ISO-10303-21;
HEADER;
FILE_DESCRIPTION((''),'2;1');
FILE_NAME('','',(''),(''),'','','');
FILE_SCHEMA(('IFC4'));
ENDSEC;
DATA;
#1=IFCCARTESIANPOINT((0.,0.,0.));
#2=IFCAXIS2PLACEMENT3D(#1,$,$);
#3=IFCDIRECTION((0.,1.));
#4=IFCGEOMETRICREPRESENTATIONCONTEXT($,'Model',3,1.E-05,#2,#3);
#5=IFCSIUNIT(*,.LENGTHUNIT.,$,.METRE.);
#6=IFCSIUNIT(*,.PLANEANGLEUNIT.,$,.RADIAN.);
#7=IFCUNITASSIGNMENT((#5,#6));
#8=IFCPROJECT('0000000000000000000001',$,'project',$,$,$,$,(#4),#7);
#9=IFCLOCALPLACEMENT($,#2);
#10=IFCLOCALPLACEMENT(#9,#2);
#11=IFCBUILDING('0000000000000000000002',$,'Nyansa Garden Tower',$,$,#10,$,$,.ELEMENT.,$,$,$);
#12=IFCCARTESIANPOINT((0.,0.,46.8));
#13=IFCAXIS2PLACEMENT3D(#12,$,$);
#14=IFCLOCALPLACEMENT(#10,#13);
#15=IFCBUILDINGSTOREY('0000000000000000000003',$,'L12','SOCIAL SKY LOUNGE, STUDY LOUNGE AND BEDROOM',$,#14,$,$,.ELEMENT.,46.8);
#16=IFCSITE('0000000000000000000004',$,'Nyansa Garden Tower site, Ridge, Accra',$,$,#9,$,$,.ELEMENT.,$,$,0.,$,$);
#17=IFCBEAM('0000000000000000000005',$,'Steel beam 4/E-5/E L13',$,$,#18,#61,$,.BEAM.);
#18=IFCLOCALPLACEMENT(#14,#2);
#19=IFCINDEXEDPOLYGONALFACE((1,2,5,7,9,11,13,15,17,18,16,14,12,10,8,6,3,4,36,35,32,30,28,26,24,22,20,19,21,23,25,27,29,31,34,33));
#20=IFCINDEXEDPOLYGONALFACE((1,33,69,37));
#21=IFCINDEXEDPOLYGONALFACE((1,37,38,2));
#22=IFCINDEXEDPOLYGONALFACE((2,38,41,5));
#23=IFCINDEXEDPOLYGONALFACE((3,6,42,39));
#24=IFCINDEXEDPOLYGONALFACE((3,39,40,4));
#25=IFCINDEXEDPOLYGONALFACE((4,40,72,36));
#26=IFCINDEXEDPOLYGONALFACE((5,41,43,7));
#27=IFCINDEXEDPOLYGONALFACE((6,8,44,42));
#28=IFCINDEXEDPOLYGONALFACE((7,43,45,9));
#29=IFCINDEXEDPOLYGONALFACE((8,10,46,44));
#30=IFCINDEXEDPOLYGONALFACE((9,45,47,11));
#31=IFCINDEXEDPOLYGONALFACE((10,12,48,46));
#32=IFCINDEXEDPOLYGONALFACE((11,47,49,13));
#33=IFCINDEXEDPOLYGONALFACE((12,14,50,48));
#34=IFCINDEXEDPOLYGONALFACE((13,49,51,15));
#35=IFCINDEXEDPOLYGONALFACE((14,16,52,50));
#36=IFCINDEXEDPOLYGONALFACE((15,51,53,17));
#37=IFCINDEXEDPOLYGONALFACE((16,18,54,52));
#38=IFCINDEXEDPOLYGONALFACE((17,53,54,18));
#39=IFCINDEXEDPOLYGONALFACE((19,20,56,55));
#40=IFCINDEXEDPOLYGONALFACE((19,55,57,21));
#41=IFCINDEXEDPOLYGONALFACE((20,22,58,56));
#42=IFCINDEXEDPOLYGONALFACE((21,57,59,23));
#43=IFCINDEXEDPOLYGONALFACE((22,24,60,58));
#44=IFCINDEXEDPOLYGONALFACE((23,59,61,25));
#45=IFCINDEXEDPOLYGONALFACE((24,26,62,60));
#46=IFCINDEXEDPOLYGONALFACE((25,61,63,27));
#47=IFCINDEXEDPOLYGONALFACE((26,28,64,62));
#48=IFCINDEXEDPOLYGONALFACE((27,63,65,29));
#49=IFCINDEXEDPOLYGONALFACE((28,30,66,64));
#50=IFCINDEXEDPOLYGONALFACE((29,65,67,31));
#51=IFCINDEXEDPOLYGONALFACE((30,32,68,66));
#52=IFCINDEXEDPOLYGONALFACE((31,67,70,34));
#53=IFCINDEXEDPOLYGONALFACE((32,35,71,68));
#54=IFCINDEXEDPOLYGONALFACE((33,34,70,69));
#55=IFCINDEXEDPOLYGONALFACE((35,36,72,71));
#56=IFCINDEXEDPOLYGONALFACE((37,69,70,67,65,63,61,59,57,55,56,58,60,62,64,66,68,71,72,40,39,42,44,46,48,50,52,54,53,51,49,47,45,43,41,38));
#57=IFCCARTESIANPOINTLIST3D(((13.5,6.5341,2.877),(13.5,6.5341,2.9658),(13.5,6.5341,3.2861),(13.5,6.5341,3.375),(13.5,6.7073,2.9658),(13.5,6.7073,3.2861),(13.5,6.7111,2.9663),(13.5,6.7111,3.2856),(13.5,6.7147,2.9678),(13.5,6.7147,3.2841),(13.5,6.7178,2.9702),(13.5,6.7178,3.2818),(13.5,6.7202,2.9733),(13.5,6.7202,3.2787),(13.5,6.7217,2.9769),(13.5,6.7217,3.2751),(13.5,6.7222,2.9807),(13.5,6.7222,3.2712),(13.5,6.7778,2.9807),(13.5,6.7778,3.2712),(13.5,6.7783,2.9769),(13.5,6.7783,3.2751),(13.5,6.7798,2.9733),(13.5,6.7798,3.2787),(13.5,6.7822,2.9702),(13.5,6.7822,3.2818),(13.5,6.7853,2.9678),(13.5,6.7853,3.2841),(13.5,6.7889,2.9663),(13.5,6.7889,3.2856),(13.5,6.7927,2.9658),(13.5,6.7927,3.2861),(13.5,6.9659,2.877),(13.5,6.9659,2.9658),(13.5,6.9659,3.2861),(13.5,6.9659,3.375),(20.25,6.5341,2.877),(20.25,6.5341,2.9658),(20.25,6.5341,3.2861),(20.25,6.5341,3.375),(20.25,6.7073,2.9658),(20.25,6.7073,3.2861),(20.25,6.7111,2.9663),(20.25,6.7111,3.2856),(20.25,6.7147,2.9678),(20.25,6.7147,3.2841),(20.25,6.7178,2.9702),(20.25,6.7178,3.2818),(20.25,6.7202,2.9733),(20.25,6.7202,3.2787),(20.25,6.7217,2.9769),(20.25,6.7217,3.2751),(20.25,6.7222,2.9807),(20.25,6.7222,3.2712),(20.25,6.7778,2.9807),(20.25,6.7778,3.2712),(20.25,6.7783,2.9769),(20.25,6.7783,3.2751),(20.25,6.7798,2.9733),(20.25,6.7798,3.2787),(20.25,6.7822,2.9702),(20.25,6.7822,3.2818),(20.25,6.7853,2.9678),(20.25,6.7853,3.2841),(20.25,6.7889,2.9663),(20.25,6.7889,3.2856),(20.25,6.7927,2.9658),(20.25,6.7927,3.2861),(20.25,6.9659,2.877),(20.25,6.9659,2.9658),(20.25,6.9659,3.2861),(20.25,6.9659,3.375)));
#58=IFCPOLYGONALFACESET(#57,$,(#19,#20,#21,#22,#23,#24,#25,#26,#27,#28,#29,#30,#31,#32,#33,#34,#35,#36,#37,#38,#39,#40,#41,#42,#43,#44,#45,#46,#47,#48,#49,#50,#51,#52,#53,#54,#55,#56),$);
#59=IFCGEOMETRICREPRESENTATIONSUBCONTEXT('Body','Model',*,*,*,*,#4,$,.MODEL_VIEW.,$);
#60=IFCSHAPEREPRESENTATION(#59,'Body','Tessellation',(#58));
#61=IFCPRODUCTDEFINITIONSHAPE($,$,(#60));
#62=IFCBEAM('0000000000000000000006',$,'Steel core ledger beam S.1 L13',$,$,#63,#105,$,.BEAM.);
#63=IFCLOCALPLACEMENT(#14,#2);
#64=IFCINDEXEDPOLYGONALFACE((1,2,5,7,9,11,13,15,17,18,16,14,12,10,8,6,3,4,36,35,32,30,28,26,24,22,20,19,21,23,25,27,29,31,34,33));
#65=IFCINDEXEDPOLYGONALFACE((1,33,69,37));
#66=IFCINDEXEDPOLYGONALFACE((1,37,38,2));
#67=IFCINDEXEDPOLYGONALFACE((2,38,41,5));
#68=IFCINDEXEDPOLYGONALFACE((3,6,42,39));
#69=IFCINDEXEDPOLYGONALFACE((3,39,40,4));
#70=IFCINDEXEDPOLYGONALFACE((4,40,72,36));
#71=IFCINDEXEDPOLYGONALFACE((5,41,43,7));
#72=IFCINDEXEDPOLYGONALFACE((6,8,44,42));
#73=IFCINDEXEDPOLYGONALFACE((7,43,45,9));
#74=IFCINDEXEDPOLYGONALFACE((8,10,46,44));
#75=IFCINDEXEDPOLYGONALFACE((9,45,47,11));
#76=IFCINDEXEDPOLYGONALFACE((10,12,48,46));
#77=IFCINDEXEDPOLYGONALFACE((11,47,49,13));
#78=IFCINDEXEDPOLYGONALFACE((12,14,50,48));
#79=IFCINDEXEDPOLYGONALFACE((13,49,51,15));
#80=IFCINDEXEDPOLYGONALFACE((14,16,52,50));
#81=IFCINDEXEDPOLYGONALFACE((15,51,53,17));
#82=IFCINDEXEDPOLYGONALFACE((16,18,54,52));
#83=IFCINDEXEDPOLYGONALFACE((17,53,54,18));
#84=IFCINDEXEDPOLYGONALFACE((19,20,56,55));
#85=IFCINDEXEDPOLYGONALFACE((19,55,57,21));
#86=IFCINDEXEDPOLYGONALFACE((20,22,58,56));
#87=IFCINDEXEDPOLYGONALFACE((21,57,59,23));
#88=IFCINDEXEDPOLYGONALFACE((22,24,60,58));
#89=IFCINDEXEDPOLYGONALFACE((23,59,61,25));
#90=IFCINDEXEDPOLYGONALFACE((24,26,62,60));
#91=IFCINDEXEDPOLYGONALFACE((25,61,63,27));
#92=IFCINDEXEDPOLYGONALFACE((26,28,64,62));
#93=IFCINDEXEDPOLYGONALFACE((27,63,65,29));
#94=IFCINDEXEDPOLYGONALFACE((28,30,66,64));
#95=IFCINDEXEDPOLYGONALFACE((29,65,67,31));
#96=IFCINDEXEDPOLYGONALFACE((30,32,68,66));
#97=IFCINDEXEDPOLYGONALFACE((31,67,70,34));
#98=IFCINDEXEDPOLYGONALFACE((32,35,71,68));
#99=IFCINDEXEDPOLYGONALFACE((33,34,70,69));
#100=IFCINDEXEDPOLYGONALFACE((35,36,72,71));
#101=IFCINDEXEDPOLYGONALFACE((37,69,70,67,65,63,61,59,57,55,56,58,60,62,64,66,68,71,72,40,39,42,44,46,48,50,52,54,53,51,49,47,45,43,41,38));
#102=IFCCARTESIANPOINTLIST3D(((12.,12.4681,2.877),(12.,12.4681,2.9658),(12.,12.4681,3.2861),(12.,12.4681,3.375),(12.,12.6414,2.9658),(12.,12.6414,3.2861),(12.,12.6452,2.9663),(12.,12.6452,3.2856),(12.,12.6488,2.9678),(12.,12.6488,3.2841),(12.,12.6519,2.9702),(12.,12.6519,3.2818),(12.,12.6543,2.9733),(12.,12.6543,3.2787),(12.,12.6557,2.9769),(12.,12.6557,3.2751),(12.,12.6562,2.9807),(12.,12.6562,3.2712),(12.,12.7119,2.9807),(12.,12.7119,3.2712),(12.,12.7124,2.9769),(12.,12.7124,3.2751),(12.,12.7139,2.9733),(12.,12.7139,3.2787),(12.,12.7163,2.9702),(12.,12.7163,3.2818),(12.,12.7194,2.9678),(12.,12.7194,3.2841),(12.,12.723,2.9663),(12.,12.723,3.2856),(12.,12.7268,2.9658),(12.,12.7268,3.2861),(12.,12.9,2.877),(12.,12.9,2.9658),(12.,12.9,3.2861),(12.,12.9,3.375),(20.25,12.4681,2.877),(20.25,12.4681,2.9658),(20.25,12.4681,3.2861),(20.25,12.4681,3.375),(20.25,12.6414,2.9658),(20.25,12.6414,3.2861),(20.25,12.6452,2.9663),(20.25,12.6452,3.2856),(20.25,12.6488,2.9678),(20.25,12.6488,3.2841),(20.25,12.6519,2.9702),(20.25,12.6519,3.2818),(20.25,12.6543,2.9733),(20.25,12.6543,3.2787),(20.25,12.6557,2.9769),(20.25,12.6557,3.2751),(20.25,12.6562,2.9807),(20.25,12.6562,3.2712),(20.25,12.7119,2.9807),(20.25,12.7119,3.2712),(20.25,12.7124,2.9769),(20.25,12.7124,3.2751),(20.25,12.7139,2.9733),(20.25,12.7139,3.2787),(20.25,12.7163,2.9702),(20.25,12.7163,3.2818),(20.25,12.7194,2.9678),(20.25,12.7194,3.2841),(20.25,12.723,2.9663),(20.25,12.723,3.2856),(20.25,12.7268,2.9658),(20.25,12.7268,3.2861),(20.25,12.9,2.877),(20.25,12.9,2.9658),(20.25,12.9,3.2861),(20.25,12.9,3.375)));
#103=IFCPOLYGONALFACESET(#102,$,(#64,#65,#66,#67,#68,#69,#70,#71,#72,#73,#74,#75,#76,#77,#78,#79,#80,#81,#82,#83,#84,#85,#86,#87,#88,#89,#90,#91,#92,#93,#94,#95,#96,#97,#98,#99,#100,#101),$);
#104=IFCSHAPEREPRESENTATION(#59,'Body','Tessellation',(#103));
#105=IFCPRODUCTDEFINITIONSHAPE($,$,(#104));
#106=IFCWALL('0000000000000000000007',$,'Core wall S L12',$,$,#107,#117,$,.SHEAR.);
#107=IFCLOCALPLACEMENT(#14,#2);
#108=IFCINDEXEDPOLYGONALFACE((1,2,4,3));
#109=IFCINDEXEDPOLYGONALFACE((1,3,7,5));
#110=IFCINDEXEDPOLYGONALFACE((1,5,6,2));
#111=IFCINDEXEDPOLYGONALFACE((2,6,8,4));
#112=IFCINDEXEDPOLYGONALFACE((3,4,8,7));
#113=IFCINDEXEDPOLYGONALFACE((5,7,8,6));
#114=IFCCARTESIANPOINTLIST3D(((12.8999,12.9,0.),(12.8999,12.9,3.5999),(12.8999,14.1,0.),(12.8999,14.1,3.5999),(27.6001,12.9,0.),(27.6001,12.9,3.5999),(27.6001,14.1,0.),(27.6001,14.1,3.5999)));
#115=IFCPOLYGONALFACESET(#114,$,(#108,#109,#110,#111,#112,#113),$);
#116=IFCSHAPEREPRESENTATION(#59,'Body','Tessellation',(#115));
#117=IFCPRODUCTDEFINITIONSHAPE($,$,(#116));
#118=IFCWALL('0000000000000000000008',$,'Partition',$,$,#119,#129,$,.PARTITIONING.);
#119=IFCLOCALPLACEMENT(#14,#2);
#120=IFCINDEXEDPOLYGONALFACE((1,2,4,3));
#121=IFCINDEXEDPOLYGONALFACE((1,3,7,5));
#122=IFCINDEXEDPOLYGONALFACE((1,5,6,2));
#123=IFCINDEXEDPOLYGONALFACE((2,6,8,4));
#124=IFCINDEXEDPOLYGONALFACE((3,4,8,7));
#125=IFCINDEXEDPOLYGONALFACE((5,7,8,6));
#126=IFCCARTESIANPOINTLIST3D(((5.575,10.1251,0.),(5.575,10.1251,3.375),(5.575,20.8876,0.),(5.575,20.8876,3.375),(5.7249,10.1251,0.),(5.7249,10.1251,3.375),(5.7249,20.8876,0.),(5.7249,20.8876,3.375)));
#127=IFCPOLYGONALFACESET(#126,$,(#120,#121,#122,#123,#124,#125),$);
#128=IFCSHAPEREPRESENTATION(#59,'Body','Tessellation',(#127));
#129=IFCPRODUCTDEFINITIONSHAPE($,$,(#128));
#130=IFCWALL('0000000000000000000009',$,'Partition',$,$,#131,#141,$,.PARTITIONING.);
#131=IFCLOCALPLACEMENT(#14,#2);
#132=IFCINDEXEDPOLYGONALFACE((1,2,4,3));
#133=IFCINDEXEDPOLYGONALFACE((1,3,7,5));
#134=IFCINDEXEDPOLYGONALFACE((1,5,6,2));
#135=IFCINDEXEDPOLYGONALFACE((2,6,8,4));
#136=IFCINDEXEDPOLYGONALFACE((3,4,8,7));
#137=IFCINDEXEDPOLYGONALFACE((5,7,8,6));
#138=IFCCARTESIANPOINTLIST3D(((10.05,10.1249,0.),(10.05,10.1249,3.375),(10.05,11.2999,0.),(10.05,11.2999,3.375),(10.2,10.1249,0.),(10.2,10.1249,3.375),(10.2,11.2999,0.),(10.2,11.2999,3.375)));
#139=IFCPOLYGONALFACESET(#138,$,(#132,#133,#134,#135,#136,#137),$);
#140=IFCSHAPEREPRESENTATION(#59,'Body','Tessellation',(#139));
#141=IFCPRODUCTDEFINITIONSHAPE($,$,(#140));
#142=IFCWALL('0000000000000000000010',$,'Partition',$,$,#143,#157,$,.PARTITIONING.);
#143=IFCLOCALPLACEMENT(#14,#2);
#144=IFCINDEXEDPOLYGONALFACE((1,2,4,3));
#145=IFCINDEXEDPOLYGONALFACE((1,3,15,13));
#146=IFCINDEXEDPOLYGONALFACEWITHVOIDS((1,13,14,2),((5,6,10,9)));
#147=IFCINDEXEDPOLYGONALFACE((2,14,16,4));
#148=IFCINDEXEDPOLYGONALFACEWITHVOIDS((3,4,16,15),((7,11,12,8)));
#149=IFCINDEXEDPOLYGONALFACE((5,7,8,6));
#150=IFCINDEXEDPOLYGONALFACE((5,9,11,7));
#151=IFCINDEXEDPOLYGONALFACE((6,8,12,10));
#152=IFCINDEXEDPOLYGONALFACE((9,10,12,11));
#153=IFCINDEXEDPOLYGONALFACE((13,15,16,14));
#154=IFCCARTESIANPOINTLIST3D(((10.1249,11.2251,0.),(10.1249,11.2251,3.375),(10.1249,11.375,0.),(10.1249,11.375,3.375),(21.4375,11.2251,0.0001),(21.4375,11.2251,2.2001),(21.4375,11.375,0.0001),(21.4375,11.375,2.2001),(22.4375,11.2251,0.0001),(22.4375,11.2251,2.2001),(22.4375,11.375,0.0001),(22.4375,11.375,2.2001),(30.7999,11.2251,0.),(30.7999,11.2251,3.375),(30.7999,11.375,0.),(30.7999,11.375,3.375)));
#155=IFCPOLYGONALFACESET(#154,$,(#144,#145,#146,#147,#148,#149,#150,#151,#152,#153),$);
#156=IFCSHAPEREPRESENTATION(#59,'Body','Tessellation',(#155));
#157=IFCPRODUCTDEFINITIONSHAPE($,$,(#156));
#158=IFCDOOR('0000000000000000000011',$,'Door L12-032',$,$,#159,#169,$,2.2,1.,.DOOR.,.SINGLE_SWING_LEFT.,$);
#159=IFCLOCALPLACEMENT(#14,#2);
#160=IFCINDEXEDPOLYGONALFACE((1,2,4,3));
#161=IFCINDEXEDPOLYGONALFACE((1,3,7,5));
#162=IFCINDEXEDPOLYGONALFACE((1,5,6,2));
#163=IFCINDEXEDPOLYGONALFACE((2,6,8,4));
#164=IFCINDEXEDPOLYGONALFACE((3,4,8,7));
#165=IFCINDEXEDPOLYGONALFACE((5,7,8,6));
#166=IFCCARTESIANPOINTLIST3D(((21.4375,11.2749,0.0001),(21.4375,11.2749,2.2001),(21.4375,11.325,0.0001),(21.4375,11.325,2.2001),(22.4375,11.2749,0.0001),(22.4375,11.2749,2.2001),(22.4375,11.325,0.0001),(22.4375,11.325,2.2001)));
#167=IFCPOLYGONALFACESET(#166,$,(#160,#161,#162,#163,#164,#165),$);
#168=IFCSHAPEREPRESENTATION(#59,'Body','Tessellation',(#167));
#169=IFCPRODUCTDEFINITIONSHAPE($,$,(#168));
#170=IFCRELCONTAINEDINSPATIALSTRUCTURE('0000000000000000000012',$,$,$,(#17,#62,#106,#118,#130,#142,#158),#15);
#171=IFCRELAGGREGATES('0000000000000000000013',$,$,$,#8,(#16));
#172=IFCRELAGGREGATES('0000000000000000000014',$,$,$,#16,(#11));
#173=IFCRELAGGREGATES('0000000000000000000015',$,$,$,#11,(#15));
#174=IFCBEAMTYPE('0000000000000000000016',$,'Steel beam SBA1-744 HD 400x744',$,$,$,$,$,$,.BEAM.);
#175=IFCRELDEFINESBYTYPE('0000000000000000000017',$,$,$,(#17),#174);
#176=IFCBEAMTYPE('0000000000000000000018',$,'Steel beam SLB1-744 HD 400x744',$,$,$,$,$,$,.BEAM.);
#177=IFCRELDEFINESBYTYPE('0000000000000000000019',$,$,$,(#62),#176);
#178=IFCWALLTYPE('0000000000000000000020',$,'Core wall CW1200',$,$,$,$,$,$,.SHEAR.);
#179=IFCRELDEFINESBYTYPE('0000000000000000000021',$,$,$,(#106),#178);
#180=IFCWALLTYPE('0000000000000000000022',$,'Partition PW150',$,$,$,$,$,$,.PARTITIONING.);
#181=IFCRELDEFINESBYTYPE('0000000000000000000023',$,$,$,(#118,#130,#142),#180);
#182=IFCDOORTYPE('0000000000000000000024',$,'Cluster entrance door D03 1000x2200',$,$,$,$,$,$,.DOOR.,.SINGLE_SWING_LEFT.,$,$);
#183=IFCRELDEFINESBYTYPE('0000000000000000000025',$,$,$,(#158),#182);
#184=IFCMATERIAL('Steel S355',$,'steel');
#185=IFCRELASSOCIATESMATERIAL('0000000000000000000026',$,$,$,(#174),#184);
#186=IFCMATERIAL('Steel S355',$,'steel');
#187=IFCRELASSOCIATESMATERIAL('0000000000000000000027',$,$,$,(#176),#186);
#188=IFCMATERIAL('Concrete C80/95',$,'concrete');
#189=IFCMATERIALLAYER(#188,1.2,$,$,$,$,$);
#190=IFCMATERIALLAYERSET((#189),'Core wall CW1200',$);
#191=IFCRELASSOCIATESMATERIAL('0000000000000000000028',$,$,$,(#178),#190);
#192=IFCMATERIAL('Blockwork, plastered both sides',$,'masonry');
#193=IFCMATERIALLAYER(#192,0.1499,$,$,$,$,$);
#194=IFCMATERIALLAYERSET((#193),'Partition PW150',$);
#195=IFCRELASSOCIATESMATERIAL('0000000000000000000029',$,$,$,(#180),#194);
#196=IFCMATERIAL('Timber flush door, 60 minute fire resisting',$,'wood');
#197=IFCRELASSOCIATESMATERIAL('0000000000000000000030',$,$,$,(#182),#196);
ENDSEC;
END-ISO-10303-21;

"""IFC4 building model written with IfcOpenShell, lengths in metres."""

from ifc_helpers import new_model, si_unit, direction, frame, frame_2d, origin, origin_2d, place, context, subcontext, project, spatial, rectangle, i_section, extrude, material, layer, layer_set, material_profile, profile_set, type_object, element, fill, save


model = new_model("IFC4")

# Units and contexts
model_context = context("Model", 3, precision=1e-05, world=origin(), true_north=direction((0.0, 1.0)))
body_context = subcontext(model_context, "Body", "Model", "MODEL_VIEW")
ifc_project = project(units=[si_unit("LENGTHUNIT", "METRE"), si_unit("PLANEANGLEUNIT", "RADIAN")], contexts=[model_context])

# Site, building, storey
site_placement = place(None, origin())
site = spatial("IfcSite", under=ifc_project, at=site_placement, Name="Nyansa Garden Tower site, Ridge, Accra", CompositionType="ELEMENT", RefElevation=0.0)
building_placement = place(site_placement, origin())
building = spatial("IfcBuilding", under=site, at=building_placement, Name="Nyansa Garden Tower", CompositionType="ELEMENT")
storey_placement = place(building_placement, frame((0.0, 0.0, 46.8)))
storey = spatial("IfcBuildingStorey", under=building, at=storey_placement, Name="L12", Description="SOCIAL SKY LOUNGE, STUDY LOUNGE AND BEDROOM", CompositionType="ELEMENT", Elevation=46.8)

# Beams
ifc_material_1 = material(Name="Steel S355", Category="steel")
ifc_material_profile_1 = material_profile(ifc_material_1, i_section(OverallWidth=0.4319, OverallDepth=0.498, WebThickness=0.0557, FlangeThickness=0.0889, FilletRadius=0.0149, at=origin_2d()), Name="HD 400x744")
ifc_profile_set_1 = profile_set([ifc_material_profile_1], Name="Steel S355")
beam_type_1 = type_object("IfcBeamType", Name="Steel beam SBA1-744 HD 400x744", PredefinedType="BEAM", material=ifc_profile_set_1)
beam_1_placement = place(storey_placement, frame((13.5, 6.75, 3.126), z_axis=(1.0, 0.0, 0.0), x_axis=(0.0, 1.0, 0.0)))
element("IfcBeam", 1, at=beam_1_placement, inside=storey, type_object=beam_type_1, Name="Steel beam 4/E-5/E L13", PredefinedType="BEAM", context=body_context, shape_type="SweptSolid", body=[
    extrude(i_section(OverallWidth=0.4319, OverallDepth=0.498, WebThickness=0.0557, FlangeThickness=0.0889, FilletRadius=0.0149, at=origin_2d()), origin(), (0.0, 0.0, 1.0), 6.75),
])
ifc_material_2 = material(Name="Steel S355", Category="steel")
ifc_material_profile_2 = material_profile(ifc_material_2, i_section(OverallWidth=0.4319, OverallDepth=0.498, WebThickness=0.0557, FlangeThickness=0.0889, FilletRadius=0.0149, at=origin_2d()), Name="HD 400x744")
ifc_profile_set_2 = profile_set([ifc_material_profile_2], Name="Steel S355")
beam_type_2 = type_object("IfcBeamType", Name="Steel beam SLB1-744 HD 400x744", PredefinedType="BEAM", material=ifc_profile_set_2)
beam_2_placement = place(storey_placement, frame((12.0, 12.6841, 3.126), z_axis=(1.0, 0.0, 0.0), x_axis=(0.0, 1.0, 0.0)))
element("IfcBeam", 2, at=beam_2_placement, inside=storey, type_object=beam_type_2, Name="Steel core ledger beam S.1 L13", PredefinedType="BEAM", context=body_context, shape_type="SweptSolid", body=[
    extrude(i_section(OverallWidth=0.4319, OverallDepth=0.498, WebThickness=0.0557, FlangeThickness=0.0889, FilletRadius=0.0149, at=origin_2d()), origin(), (0.0, 0.0, 1.0), 8.25),
])

# Walls
ifc_material_3 = material(Name="Concrete C80/95", Category="concrete")
ifc_layer_1 = layer(ifc_material_3, 1.2)
ifc_layer_set_1 = layer_set([ifc_layer_1], Name="Core wall CW1200")
wall_type_1 = type_object("IfcWallType", Name="Core wall CW1200", PredefinedType="SHEAR", material=ifc_layer_set_1)
wall_1_placement = place(storey_placement, frame((12.8999, 13.5, 0.0), z_axis=(0.0, 0.0, 1.0), x_axis=(1.0, 0.0, 0.0)))
element("IfcWall", 3, at=wall_1_placement, inside=storey, type_object=wall_type_1, Name="Core wall S L12", PredefinedType="SHEAR", context=body_context, shape_type="SweptSolid", body=[
    extrude(rectangle(XDim=14.7002, YDim=1.2, at=frame_2d((7.3501, 0.0))), origin(), (0.0, 0.0, 1.0), 3.5999),
])
ifc_material_4 = material(Name="Blockwork, plastered both sides", Category="masonry")
ifc_layer_2 = layer(ifc_material_4, 0.1499)
ifc_layer_set_2 = layer_set([ifc_layer_2], Name="Partition PW150")
wall_type_2 = type_object("IfcWallType", Name="Partition PW150", PredefinedType="PARTITIONING", material=ifc_layer_set_2)
wall_2_placement = place(storey_placement, frame((5.6499, 10.125, 0.0), z_axis=(0.0, 0.0, 1.0), x_axis=(0.0, 1.0, 0.0)))
element("IfcWall", 4, at=wall_2_placement, inside=storey, type_object=wall_type_2, Name="Partition", PredefinedType="PARTITIONING", context=body_context, shape_type="SweptSolid", body=[
    extrude(rectangle(XDim=10.7625, YDim=0.1499, at=frame_2d((5.3813, 0.0))), origin(), (0.0, 0.0, 1.0), 3.375),
])
wall_3_placement = place(storey_placement, frame((10.125, 10.125, 0.0), z_axis=(0.0, 0.0, 1.0), x_axis=(0.0, 1.0, 0.0)))
element("IfcWall", 5, at=wall_3_placement, inside=storey, type_object=wall_type_2, Name="Partition", PredefinedType="PARTITIONING", context=body_context, shape_type="SweptSolid", body=[
    extrude(rectangle(XDim=1.175, YDim=0.1499, at=frame_2d((0.5874, 0.0))), origin(), (0.0, 0.0, 1.0), 3.375),
])

# Wall, opening, door
wall_4_placement = place(storey_placement, frame((10.125, 11.3, 0.0), z_axis=(0.0, 0.0, 1.0), x_axis=(1.0, 0.0, 0.0)))
wall_4 = element("IfcWall", 6, at=wall_4_placement, inside=storey, type_object=wall_type_2, Name="Partition", PredefinedType="PARTITIONING", context=body_context, shape_type="SweptSolid", body=[
    extrude(rectangle(XDim=20.675, YDim=0.1499, at=frame_2d((10.3374, 0.0))), origin(), (0.0, 0.0, 1.0), 3.375),
])
opening_1_placement = place(wall_4_placement, frame((11.3125, 0.0, 0.0)))
opening_1 = element("IfcOpeningElement", 7, at=opening_1_placement, cuts=wall_4, PredefinedType="OPENING", context=body_context, shape_type="SweptSolid", body=[
    extrude(rectangle(XDim=1.0, YDim=2.2, at=frame_2d((0.5, 1.1001))), frame((0.0, 0.085, 0.0), z_axis=(0.0, -1.0, 0.0), x_axis=(1.0, 0.0, 0.0)), (0.0, 0.0, 1.0), 0.1699),
])
ifc_material_5 = material(Name="Timber flush door, 60 minute fire resisting", Category="wood")
door_type_1 = type_object("IfcDoorType", Name="Cluster entrance door D03 1000x2200", OperationType="SINGLE_SWING_LEFT", PredefinedType="DOOR", material=ifc_material_5)
door_1_placement = place(opening_1_placement, origin())
door_1 = element("IfcDoor", 8, at=door_1_placement, inside=storey, type_object=door_type_1, Name="Door L12-032", OperationType="SINGLE_SWING_LEFT", OverallHeight=2.2, OverallWidth=1.0, PredefinedType="DOOR", context=body_context, shape_type="SweptSolid", body=[
    extrude(rectangle(XDim=1.0, YDim=2.2, at=frame_2d((0.5, 1.1001))), frame((0.0, 0.0249, 0.0), z_axis=(0.0, -1.0, 0.0), x_axis=(1.0, 0.0, 0.0)), (0.0, 0.0, 1.0), 0.05),
])
fill(opening_1, door_1)

save(model, "model.ifc")
